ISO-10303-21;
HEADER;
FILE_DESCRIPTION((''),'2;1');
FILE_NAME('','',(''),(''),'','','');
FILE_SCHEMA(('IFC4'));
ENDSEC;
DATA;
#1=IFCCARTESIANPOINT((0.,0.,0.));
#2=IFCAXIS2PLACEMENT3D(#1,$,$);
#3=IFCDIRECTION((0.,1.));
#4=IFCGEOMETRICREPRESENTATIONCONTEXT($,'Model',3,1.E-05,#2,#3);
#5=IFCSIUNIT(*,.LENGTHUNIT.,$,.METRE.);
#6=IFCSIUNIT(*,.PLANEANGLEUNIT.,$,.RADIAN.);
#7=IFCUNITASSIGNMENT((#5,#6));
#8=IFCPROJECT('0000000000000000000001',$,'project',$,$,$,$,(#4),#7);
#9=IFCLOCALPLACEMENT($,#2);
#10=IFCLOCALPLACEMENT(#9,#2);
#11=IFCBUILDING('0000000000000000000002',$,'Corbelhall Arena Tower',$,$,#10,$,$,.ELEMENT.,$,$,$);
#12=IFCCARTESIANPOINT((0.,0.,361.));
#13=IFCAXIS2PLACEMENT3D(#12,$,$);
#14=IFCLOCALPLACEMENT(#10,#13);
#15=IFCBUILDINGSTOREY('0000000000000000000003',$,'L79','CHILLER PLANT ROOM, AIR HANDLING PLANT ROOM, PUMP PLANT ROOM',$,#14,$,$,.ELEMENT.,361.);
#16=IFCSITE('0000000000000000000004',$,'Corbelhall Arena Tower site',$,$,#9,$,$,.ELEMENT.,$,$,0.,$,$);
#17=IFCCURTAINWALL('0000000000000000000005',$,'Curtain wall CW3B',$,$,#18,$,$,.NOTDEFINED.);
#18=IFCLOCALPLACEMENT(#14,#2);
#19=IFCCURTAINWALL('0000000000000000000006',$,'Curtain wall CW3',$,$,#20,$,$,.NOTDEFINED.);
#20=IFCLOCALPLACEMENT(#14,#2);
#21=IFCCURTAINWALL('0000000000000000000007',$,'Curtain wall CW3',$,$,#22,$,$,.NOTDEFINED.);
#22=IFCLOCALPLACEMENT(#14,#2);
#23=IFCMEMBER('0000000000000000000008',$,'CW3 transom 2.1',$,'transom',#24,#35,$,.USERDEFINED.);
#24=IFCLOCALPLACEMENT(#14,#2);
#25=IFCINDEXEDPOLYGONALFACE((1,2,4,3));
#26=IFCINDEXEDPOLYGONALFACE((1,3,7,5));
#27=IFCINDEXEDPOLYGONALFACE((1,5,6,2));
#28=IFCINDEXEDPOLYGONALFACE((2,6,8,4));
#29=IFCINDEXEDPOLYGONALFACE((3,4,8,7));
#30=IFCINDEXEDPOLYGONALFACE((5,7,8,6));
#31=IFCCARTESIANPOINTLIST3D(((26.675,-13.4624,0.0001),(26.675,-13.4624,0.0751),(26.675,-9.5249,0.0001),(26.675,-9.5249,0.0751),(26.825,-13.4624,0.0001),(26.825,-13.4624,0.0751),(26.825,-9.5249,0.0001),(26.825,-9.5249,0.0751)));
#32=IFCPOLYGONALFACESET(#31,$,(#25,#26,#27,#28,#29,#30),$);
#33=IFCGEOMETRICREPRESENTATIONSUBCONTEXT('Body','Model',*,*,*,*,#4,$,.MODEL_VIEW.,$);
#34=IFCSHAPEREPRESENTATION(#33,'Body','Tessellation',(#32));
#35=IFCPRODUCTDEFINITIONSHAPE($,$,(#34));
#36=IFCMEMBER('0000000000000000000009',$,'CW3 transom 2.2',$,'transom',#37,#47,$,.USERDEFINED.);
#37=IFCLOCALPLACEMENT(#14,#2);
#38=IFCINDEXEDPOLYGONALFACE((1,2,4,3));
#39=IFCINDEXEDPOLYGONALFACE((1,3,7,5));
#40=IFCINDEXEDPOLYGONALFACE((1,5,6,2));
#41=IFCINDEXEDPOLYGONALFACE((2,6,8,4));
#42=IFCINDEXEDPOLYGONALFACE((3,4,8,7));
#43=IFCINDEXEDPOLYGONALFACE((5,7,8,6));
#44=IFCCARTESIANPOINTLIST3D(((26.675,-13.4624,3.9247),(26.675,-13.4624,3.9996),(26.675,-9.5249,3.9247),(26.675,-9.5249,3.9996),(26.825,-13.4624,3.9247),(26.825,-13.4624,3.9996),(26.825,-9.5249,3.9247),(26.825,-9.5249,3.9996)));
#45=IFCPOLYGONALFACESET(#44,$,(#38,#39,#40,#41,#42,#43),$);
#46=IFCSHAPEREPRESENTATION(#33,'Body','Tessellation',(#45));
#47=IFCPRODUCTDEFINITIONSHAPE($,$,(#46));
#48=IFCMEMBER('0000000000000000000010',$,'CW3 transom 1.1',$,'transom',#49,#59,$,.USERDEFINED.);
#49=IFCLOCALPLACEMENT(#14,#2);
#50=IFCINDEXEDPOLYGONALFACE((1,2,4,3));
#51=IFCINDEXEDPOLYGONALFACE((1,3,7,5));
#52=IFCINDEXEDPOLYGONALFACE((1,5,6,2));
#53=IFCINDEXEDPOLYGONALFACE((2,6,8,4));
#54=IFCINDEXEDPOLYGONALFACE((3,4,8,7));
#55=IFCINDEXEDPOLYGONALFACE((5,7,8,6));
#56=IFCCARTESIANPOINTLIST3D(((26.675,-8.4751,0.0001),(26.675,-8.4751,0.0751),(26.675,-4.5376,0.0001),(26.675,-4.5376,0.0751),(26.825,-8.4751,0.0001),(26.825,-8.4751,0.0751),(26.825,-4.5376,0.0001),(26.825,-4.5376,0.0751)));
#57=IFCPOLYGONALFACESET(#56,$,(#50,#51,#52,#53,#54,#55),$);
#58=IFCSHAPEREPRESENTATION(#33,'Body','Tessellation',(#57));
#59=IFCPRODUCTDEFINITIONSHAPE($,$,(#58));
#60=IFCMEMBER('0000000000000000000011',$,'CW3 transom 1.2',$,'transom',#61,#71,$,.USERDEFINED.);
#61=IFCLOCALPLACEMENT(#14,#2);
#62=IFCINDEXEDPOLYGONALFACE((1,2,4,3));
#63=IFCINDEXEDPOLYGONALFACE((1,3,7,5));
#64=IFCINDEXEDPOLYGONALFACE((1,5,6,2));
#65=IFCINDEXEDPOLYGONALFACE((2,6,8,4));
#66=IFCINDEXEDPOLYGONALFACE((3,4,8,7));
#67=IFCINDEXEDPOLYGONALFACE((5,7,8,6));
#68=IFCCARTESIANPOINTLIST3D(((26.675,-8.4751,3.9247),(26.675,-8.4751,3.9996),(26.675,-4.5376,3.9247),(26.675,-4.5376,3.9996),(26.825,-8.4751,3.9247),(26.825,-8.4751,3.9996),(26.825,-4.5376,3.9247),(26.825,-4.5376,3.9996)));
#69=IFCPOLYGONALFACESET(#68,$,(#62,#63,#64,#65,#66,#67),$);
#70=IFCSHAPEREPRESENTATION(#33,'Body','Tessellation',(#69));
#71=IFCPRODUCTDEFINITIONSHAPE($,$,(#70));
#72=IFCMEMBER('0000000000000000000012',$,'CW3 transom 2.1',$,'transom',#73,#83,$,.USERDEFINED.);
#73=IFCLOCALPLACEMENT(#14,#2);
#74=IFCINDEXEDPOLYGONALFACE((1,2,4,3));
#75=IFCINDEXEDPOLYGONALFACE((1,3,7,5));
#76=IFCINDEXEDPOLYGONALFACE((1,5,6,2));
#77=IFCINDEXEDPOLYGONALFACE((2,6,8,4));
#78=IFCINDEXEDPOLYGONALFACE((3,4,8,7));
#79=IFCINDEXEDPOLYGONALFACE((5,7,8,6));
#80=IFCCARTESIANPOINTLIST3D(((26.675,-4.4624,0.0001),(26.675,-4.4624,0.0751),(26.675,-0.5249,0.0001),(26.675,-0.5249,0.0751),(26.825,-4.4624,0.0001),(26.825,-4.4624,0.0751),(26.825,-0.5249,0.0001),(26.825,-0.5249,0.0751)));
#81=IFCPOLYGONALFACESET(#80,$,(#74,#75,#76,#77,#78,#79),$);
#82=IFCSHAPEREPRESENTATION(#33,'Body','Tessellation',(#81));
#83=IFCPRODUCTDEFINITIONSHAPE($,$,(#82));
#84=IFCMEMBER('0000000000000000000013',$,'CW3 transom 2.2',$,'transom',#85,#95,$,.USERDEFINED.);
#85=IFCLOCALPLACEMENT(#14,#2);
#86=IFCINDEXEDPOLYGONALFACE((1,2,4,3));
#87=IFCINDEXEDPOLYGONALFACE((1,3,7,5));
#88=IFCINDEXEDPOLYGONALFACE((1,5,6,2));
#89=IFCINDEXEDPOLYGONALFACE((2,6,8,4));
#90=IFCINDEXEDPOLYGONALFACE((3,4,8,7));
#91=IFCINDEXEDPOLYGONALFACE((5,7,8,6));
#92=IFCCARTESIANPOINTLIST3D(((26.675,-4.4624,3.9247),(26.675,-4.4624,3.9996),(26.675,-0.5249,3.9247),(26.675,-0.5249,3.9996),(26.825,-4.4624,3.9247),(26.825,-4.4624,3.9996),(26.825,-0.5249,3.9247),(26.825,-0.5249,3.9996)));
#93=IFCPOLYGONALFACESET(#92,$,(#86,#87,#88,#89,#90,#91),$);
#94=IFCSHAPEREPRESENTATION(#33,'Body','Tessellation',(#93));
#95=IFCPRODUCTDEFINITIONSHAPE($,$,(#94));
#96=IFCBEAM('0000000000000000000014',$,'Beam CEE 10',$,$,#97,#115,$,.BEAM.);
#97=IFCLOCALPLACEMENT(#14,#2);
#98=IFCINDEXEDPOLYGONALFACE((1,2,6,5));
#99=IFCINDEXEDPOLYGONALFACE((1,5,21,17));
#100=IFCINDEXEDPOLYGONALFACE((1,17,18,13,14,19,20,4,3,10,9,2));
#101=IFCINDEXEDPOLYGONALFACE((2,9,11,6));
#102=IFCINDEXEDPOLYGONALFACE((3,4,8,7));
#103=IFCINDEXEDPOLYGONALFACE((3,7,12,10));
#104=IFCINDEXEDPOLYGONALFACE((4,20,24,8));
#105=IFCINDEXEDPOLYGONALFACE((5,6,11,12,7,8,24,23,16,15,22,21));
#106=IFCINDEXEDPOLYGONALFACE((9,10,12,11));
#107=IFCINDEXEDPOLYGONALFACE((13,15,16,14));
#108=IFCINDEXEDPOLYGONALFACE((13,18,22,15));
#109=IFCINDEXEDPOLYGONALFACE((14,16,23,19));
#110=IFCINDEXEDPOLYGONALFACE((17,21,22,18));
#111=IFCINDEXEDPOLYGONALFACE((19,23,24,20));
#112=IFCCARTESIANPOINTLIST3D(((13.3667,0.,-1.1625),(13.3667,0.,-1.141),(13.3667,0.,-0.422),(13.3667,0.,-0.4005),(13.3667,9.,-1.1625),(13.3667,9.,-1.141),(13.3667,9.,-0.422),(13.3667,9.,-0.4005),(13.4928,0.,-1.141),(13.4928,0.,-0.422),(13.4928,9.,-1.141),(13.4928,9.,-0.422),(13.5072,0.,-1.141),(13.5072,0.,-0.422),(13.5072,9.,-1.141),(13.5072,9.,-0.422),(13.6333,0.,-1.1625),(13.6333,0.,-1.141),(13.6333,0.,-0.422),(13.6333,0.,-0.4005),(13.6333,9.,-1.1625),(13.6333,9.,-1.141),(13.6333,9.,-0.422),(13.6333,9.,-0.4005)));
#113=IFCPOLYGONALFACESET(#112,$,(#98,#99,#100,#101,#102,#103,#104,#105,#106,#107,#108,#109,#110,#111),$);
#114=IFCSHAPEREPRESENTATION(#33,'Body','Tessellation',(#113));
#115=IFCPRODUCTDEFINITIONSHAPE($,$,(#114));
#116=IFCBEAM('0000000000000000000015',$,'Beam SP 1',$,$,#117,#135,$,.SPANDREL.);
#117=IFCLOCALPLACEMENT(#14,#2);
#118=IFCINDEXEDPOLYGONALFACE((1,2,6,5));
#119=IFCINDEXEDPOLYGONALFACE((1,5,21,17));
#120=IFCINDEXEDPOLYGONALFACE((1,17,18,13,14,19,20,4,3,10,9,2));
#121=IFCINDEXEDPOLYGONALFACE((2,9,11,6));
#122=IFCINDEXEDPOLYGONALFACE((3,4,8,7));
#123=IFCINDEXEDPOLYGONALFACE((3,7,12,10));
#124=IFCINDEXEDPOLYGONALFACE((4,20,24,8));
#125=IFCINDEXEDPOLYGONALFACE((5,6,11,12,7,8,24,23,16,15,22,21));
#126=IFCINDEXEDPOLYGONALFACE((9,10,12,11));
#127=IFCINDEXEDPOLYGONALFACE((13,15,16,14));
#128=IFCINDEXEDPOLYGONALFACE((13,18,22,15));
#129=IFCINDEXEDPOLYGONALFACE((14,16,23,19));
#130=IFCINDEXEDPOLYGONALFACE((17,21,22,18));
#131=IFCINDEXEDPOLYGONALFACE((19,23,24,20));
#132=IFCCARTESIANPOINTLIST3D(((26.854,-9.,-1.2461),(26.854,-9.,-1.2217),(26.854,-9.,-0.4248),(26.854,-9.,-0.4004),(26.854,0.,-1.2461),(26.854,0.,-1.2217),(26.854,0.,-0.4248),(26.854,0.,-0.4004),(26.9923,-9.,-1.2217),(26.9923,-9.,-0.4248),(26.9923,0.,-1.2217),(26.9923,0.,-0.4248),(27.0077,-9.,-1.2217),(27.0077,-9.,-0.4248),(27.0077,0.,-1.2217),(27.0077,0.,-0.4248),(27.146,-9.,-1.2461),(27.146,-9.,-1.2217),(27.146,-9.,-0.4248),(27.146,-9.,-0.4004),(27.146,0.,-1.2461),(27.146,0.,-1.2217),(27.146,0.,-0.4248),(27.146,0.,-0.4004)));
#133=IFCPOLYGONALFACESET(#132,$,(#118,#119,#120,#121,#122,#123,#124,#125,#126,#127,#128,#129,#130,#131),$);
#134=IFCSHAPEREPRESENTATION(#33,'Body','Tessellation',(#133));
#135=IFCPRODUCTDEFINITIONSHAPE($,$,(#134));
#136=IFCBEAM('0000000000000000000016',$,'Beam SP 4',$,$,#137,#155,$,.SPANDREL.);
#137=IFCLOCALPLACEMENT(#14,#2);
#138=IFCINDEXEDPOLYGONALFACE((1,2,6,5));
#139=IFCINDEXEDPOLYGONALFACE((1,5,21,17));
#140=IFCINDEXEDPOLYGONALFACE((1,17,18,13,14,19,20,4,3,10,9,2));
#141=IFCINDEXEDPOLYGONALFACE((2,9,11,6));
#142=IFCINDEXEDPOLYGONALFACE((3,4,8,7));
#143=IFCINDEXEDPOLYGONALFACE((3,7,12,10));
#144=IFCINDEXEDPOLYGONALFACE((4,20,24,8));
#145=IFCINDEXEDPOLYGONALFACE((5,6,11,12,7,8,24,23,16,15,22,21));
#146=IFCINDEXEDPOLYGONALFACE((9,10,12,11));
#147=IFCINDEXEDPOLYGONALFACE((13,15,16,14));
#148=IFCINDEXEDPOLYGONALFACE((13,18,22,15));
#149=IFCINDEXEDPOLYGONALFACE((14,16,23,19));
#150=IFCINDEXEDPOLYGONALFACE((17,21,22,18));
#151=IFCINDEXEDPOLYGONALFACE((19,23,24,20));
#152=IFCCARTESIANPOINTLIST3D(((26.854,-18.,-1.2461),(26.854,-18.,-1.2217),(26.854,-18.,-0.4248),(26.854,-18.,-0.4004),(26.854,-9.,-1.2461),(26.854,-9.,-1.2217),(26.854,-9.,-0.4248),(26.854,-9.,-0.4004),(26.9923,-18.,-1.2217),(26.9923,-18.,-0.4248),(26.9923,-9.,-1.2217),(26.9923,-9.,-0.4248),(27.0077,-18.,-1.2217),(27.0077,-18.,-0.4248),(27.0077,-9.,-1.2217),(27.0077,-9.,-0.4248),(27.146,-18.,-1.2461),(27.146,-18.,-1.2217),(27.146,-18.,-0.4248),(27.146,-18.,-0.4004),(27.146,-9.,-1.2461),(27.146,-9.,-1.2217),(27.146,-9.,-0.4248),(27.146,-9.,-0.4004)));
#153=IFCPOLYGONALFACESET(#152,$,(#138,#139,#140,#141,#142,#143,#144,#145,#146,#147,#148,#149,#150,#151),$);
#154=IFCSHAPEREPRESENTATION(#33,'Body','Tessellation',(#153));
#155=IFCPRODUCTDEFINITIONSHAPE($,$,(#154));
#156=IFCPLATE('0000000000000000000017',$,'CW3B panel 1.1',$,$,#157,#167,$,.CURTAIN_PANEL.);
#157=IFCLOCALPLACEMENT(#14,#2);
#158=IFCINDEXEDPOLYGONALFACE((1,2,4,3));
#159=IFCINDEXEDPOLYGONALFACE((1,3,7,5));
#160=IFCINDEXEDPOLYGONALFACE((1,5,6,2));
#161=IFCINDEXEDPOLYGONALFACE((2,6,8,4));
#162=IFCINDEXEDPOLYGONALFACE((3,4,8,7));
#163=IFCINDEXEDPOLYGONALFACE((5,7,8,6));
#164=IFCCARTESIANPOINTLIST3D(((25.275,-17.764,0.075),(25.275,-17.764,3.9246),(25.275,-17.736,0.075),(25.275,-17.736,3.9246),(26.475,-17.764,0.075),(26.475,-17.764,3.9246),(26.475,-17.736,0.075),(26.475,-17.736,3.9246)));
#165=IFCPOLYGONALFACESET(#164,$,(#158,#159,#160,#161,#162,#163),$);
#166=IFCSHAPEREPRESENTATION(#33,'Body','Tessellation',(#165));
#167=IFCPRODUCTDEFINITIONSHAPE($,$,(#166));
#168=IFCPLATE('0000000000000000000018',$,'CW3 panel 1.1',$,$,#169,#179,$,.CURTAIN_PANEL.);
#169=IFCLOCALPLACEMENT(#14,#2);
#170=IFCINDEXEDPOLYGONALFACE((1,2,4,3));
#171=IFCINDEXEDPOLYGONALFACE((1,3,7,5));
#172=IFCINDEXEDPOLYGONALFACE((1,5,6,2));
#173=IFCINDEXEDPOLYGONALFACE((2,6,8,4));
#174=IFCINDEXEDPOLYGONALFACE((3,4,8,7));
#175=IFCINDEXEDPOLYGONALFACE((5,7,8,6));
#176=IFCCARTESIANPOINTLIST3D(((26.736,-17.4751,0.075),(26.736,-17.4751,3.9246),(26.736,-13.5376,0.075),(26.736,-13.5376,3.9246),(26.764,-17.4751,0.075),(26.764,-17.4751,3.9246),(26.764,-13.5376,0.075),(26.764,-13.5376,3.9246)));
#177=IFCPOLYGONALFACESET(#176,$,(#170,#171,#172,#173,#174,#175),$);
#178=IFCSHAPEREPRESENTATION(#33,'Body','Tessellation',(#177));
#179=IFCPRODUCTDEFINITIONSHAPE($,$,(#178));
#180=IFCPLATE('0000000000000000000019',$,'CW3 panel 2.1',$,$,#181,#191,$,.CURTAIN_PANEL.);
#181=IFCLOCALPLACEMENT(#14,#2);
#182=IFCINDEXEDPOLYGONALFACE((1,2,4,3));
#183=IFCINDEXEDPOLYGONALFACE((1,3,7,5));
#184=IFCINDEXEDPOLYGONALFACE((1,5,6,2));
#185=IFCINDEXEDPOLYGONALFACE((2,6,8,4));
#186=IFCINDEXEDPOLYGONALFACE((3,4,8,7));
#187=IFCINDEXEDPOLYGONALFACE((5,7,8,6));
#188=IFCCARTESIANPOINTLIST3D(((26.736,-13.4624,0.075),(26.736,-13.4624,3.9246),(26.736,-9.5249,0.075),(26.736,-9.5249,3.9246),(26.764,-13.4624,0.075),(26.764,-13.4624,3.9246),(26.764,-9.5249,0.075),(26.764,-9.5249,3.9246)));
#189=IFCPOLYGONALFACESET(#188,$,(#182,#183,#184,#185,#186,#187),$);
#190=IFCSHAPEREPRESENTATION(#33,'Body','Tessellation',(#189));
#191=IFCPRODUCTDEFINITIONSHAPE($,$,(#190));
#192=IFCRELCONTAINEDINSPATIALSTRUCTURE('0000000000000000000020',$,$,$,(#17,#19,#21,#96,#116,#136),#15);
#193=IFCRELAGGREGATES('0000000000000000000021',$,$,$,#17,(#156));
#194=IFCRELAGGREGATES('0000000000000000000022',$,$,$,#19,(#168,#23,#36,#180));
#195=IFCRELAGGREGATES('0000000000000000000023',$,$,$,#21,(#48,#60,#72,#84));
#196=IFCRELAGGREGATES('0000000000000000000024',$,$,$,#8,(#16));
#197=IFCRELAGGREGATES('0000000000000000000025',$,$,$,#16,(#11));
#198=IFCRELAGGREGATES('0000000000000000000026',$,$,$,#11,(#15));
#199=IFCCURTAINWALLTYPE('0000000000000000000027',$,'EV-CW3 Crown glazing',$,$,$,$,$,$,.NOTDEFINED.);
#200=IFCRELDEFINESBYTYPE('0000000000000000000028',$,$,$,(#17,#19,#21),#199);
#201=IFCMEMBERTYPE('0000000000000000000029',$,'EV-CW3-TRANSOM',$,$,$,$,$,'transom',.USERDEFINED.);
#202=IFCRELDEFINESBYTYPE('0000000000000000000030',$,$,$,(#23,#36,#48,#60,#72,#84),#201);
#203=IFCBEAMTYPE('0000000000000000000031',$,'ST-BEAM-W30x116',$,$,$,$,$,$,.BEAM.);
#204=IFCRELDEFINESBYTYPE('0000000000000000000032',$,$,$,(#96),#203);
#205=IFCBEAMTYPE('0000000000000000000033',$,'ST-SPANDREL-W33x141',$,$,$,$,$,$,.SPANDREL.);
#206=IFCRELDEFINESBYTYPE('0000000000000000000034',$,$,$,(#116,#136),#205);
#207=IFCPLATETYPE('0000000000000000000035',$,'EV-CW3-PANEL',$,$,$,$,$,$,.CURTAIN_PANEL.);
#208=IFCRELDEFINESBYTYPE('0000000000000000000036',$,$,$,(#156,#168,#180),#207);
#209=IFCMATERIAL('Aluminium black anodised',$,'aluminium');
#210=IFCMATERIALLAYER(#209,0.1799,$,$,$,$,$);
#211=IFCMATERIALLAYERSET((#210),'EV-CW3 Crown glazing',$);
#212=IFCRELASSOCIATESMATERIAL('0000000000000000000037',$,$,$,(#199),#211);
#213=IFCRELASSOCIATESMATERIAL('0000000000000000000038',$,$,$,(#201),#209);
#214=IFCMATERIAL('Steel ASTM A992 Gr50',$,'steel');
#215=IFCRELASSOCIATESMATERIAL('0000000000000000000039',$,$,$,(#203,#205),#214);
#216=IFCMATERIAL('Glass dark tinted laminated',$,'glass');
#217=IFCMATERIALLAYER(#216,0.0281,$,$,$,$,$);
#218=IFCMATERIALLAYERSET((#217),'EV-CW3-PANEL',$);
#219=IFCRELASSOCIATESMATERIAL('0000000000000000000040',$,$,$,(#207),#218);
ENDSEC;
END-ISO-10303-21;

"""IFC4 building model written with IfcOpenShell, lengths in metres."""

from ifc_helpers import new_model, si_unit, direction, frame, origin, origin_2d, place, context, subcontext, project, spatial, rectangle, i_section, extrude, material, layer, layer_set, material_profile, profile_set, type_object, element, aggregate, save


model = new_model("IFC4")

# Units and contexts
model_context = context("Model", 3, precision=1e-05, world=origin(), true_north=direction((0.0, 1.0)))
body_context = subcontext(model_context, "Body", "Model", "MODEL_VIEW")
ifc_project = project(units=[si_unit("LENGTHUNIT", "METRE"), si_unit("PLANEANGLEUNIT", "RADIAN")], contexts=[model_context])

# Site, building, storey
site_placement = place(None, origin())
site = spatial("IfcSite", under=ifc_project, at=site_placement, Name="Corbelhall Arena Tower site", CompositionType="ELEMENT", RefElevation=0.0)
building_placement = place(site_placement, origin())
building = spatial("IfcBuilding", under=site, at=building_placement, Name="Corbelhall Arena Tower", CompositionType="ELEMENT")
storey_placement = place(building_placement, frame((0.0, 0.0, 361.0)))
storey = spatial("IfcBuildingStorey", under=building, at=storey_placement, Name="L79", Description="CHILLER PLANT ROOM, AIR HANDLING PLANT ROOM, PUMP PLANT ROOM", CompositionType="ELEMENT", Elevation=361.0)

# Curtain wall
ifc_material_1 = material(Name="Aluminium black anodised", Category="aluminium")
ifc_layer_1 = layer(ifc_material_1, 0.1799)
ifc_layer_set_1 = layer_set([ifc_layer_1], Name="EV-CW3 Crown glazing")
curtain_wall_type = type_object("IfcCurtainWallType", Name="EV-CW3 Crown glazing", PredefinedType="NOTDEFINED", material=ifc_layer_set_1)
curtain_wall_1_placement = place(storey_placement, origin())
curtain_wall_1 = element("IfcCurtainWall", 1, at=curtain_wall_1_placement, inside=storey, type_object=curtain_wall_type, Name="Curtain wall CW3B", PredefinedType="NOTDEFINED")

# Curtain walls
curtain_wall_2_placement = place(storey_placement, origin())
curtain_wall_2 = element("IfcCurtainWall", 2, at=curtain_wall_2_placement, inside=storey, type_object=curtain_wall_type, Name="Curtain wall CW3", PredefinedType="NOTDEFINED")
curtain_wall_3_placement = place(storey_placement, origin())
curtain_wall_3 = element("IfcCurtainWall", 3, at=curtain_wall_3_placement, inside=storey, type_object=curtain_wall_type, Name="Curtain wall CW3", PredefinedType="NOTDEFINED")

# Members
ifc_material_profile_1 = material_profile(ifc_material_1, rectangle(XDim=0.1499, YDim=0.075, at=origin_2d()))
ifc_profile_set_1 = profile_set([ifc_material_profile_1], Name="Aluminium black anodised")
member_type_1 = type_object("IfcMemberType", Name="EV-CW3-TRANSOM", ElementType="transom", PredefinedType="USERDEFINED", material=ifc_profile_set_1)
member_1_placement = place(storey_placement, frame((26.75, -13.4624, 0.0376), z_axis=(0.0, 1.0, 0.0), x_axis=(-1.0, 0.0, 0.0)))
member_1 = element("IfcMember", 4, at=member_1_placement, type_object=member_type_1, Name="CW3 transom 2.1", ObjectType="transom", PredefinedType="USERDEFINED", context=body_context, shape_type="SweptSolid", body=[
    extrude(rectangle(XDim=0.1499, YDim=0.075, at=origin_2d()), origin(), (0.0, 0.0, 1.0), 3.9375),
])
member_2_placement = place(storey_placement, frame((26.75, -13.4624, 3.9622), z_axis=(0.0, 1.0, 0.0), x_axis=(-1.0, 0.0, 0.0)))
member_2 = element("IfcMember", 5, at=member_2_placement, type_object=member_type_1, Name="CW3 transom 2.2", ObjectType="transom", PredefinedType="USERDEFINED", context=body_context, shape_type="SweptSolid", body=[
    extrude(rectangle(XDim=0.1499, YDim=0.075, at=origin_2d()), origin(), (0.0, 0.0, 1.0), 3.9375),
])
member_3_placement = place(storey_placement, frame((26.75, -8.4751, 0.0376), z_axis=(0.0, 1.0, 0.0), x_axis=(-1.0, 0.0, 0.0)))
member_3 = element("IfcMember", 6, at=member_3_placement, type_object=member_type_1, Name="CW3 transom 1.1", ObjectType="transom", PredefinedType="USERDEFINED", context=body_context, shape_type="SweptSolid", body=[
    extrude(rectangle(XDim=0.1499, YDim=0.075, at=origin_2d()), origin(), (0.0, 0.0, 1.0), 3.9375),
])
member_4_placement = place(storey_placement, frame((26.75, -8.4751, 3.9622), z_axis=(0.0, 1.0, 0.0), x_axis=(-1.0, 0.0, 0.0)))
member_4 = element("IfcMember", 7, at=member_4_placement, type_object=member_type_1, Name="CW3 transom 1.2", ObjectType="transom", PredefinedType="USERDEFINED", context=body_context, shape_type="SweptSolid", body=[
    extrude(rectangle(XDim=0.1499, YDim=0.075, at=origin_2d()), origin(), (0.0, 0.0, 1.0), 3.9375),
])
member_5_placement = place(storey_placement, frame((26.75, -4.4624, 0.0376), z_axis=(0.0, 1.0, 0.0), x_axis=(-1.0, 0.0, 0.0)))
member_5 = element("IfcMember", 8, at=member_5_placement, type_object=member_type_1, Name="CW3 transom 2.1", ObjectType="transom", PredefinedType="USERDEFINED", context=body_context, shape_type="SweptSolid", body=[
    extrude(rectangle(XDim=0.1499, YDim=0.075, at=origin_2d()), origin(), (0.0, 0.0, 1.0), 3.9375),
])
member_6_placement = place(storey_placement, frame((26.75, -4.4624, 3.9622), z_axis=(0.0, 1.0, 0.0), x_axis=(-1.0, 0.0, 0.0)))
member_6 = element("IfcMember", 9, at=member_6_placement, type_object=member_type_1, Name="CW3 transom 2.2", ObjectType="transom", PredefinedType="USERDEFINED", context=body_context, shape_type="SweptSolid", body=[
    extrude(rectangle(XDim=0.1499, YDim=0.075, at=origin_2d()), origin(), (0.0, 0.0, 1.0), 3.9375),
])

# Beams
ifc_material_2 = material(Name="Steel ASTM A992 Gr50", Category="steel")
ifc_material_profile_2 = material_profile(ifc_material_2, i_section(OverallWidth=0.2666, OverallDepth=0.762, WebThickness=0.0144, FlangeThickness=0.0215, at=origin_2d()))
ifc_profile_set_2 = profile_set([ifc_material_profile_2], Name="Steel ASTM A992 Gr50")
beam_type_1 = type_object("IfcBeamType", Name="ST-BEAM-W30x116", PredefinedType="BEAM", material=ifc_profile_set_2)
beam_placement = place(storey_placement, frame((13.5, 0.0, -0.7815), z_axis=(0.0, 1.0, 0.0), x_axis=(-1.0, 0.0, 0.0)))
element("IfcBeam", 10, at=beam_placement, inside=storey, type_object=beam_type_1, Name="Beam CEE 10", PredefinedType="BEAM", context=body_context, shape_type="SweptSolid", body=[
    extrude(i_section(OverallWidth=0.2666, OverallDepth=0.762, WebThickness=0.0144, FlangeThickness=0.0215, at=origin_2d()), origin(), (0.0, 0.0, 1.0), 9.0),
])
ifc_material_profile_3 = material_profile(ifc_material_2, i_section(OverallWidth=0.292, OverallDepth=0.8457, WebThickness=0.0154, FlangeThickness=0.0244, at=origin_2d()))
ifc_profile_set_3 = profile_set([ifc_material_profile_3], Name="Steel ASTM A992 Gr50")
beam_type_2 = type_object("IfcBeamType", Name="ST-SPANDREL-W33x141", PredefinedType="SPANDREL", material=ifc_profile_set_3)
for number, where, z_axis, x_axis, name in (
    (11, (27.0, 0.0, -0.8232), (0.0, -1.0, 0.0), (1.0, 0.0, 0.0), "Beam SP 1"),
    (12, (27.0, -9.0, -0.8232), (0.0, -1.0, 0.0), (1.0, 0.0, 0.0), "Beam SP 4"),
):
    element("IfcBeam", number, at=place(storey_placement, frame(where, z_axis=z_axis, x_axis=x_axis)), inside=storey, type_object=beam_type_2, Name=name, PredefinedType="SPANDREL", context=body_context, shape_type="SweptSolid", body=[
        extrude(i_section(OverallWidth=0.292, OverallDepth=0.8457, WebThickness=0.0154, FlangeThickness=0.0244, at=origin_2d()), origin(), (0.0, 0.0, 1.0), 9.0),
    ])

# Plates
ifc_material_3 = material(Name="Glass dark tinted laminated", Category="glass")
ifc_layer_2 = layer(ifc_material_3, 0.0281)
ifc_layer_set_2 = layer_set([ifc_layer_2], Name="EV-CW3-PANEL")
plate_type = type_object("IfcPlateType", Name="EV-CW3-PANEL", PredefinedType="CURTAIN_PANEL", material=ifc_layer_set_2)
plate_1_placement = place(storey_placement, frame((25.875, -17.75, 0.075), z_axis=(0.0, 0.0, 1.0), x_axis=(1.0, 0.0, 0.0)))
plate_1 = element("IfcPlate", 13, at=plate_1_placement, type_object=plate_type, Name="CW3B panel 1.1", PredefinedType="CURTAIN_PANEL", context=body_context, shape_type="SweptSolid", body=[
    extrude(rectangle(XDim=1.2, YDim=0.0281, at=origin_2d()), origin(), (0.0, 0.0, 1.0), 3.8496),
])
aggregate(curtain_wall_1, [plate_1])
plate_2_placement = place(storey_placement, frame((26.75, -15.5063, 0.075), z_axis=(0.0, 0.0, 1.0), x_axis=(0.0, 1.0, 0.0)))
plate_2 = element("IfcPlate", 14, at=plate_2_placement, type_object=plate_type, Name="CW3 panel 1.1", PredefinedType="CURTAIN_PANEL", context=body_context, shape_type="SweptSolid", body=[
    extrude(rectangle(XDim=3.9375, YDim=0.0281, at=origin_2d()), origin(), (0.0, 0.0, 1.0), 3.8496),
])
plate_3_placement = place(storey_placement, frame((26.75, -11.4937, 0.075), z_axis=(0.0, 0.0, 1.0), x_axis=(0.0, 1.0, 0.0)))
plate_3 = element("IfcPlate", 15, at=plate_3_placement, type_object=plate_type, Name="CW3 panel 2.1", PredefinedType="CURTAIN_PANEL", context=body_context, shape_type="SweptSolid", body=[
    extrude(rectangle(XDim=3.9375, YDim=0.0281, at=origin_2d()), origin(), (0.0, 0.0, 1.0), 3.8496),
])
aggregate(curtain_wall_2, [plate_2, member_1, member_2, plate_3])
aggregate(curtain_wall_3, [member_3, member_4, member_5, member_6])

save(model, "model.ifc")
